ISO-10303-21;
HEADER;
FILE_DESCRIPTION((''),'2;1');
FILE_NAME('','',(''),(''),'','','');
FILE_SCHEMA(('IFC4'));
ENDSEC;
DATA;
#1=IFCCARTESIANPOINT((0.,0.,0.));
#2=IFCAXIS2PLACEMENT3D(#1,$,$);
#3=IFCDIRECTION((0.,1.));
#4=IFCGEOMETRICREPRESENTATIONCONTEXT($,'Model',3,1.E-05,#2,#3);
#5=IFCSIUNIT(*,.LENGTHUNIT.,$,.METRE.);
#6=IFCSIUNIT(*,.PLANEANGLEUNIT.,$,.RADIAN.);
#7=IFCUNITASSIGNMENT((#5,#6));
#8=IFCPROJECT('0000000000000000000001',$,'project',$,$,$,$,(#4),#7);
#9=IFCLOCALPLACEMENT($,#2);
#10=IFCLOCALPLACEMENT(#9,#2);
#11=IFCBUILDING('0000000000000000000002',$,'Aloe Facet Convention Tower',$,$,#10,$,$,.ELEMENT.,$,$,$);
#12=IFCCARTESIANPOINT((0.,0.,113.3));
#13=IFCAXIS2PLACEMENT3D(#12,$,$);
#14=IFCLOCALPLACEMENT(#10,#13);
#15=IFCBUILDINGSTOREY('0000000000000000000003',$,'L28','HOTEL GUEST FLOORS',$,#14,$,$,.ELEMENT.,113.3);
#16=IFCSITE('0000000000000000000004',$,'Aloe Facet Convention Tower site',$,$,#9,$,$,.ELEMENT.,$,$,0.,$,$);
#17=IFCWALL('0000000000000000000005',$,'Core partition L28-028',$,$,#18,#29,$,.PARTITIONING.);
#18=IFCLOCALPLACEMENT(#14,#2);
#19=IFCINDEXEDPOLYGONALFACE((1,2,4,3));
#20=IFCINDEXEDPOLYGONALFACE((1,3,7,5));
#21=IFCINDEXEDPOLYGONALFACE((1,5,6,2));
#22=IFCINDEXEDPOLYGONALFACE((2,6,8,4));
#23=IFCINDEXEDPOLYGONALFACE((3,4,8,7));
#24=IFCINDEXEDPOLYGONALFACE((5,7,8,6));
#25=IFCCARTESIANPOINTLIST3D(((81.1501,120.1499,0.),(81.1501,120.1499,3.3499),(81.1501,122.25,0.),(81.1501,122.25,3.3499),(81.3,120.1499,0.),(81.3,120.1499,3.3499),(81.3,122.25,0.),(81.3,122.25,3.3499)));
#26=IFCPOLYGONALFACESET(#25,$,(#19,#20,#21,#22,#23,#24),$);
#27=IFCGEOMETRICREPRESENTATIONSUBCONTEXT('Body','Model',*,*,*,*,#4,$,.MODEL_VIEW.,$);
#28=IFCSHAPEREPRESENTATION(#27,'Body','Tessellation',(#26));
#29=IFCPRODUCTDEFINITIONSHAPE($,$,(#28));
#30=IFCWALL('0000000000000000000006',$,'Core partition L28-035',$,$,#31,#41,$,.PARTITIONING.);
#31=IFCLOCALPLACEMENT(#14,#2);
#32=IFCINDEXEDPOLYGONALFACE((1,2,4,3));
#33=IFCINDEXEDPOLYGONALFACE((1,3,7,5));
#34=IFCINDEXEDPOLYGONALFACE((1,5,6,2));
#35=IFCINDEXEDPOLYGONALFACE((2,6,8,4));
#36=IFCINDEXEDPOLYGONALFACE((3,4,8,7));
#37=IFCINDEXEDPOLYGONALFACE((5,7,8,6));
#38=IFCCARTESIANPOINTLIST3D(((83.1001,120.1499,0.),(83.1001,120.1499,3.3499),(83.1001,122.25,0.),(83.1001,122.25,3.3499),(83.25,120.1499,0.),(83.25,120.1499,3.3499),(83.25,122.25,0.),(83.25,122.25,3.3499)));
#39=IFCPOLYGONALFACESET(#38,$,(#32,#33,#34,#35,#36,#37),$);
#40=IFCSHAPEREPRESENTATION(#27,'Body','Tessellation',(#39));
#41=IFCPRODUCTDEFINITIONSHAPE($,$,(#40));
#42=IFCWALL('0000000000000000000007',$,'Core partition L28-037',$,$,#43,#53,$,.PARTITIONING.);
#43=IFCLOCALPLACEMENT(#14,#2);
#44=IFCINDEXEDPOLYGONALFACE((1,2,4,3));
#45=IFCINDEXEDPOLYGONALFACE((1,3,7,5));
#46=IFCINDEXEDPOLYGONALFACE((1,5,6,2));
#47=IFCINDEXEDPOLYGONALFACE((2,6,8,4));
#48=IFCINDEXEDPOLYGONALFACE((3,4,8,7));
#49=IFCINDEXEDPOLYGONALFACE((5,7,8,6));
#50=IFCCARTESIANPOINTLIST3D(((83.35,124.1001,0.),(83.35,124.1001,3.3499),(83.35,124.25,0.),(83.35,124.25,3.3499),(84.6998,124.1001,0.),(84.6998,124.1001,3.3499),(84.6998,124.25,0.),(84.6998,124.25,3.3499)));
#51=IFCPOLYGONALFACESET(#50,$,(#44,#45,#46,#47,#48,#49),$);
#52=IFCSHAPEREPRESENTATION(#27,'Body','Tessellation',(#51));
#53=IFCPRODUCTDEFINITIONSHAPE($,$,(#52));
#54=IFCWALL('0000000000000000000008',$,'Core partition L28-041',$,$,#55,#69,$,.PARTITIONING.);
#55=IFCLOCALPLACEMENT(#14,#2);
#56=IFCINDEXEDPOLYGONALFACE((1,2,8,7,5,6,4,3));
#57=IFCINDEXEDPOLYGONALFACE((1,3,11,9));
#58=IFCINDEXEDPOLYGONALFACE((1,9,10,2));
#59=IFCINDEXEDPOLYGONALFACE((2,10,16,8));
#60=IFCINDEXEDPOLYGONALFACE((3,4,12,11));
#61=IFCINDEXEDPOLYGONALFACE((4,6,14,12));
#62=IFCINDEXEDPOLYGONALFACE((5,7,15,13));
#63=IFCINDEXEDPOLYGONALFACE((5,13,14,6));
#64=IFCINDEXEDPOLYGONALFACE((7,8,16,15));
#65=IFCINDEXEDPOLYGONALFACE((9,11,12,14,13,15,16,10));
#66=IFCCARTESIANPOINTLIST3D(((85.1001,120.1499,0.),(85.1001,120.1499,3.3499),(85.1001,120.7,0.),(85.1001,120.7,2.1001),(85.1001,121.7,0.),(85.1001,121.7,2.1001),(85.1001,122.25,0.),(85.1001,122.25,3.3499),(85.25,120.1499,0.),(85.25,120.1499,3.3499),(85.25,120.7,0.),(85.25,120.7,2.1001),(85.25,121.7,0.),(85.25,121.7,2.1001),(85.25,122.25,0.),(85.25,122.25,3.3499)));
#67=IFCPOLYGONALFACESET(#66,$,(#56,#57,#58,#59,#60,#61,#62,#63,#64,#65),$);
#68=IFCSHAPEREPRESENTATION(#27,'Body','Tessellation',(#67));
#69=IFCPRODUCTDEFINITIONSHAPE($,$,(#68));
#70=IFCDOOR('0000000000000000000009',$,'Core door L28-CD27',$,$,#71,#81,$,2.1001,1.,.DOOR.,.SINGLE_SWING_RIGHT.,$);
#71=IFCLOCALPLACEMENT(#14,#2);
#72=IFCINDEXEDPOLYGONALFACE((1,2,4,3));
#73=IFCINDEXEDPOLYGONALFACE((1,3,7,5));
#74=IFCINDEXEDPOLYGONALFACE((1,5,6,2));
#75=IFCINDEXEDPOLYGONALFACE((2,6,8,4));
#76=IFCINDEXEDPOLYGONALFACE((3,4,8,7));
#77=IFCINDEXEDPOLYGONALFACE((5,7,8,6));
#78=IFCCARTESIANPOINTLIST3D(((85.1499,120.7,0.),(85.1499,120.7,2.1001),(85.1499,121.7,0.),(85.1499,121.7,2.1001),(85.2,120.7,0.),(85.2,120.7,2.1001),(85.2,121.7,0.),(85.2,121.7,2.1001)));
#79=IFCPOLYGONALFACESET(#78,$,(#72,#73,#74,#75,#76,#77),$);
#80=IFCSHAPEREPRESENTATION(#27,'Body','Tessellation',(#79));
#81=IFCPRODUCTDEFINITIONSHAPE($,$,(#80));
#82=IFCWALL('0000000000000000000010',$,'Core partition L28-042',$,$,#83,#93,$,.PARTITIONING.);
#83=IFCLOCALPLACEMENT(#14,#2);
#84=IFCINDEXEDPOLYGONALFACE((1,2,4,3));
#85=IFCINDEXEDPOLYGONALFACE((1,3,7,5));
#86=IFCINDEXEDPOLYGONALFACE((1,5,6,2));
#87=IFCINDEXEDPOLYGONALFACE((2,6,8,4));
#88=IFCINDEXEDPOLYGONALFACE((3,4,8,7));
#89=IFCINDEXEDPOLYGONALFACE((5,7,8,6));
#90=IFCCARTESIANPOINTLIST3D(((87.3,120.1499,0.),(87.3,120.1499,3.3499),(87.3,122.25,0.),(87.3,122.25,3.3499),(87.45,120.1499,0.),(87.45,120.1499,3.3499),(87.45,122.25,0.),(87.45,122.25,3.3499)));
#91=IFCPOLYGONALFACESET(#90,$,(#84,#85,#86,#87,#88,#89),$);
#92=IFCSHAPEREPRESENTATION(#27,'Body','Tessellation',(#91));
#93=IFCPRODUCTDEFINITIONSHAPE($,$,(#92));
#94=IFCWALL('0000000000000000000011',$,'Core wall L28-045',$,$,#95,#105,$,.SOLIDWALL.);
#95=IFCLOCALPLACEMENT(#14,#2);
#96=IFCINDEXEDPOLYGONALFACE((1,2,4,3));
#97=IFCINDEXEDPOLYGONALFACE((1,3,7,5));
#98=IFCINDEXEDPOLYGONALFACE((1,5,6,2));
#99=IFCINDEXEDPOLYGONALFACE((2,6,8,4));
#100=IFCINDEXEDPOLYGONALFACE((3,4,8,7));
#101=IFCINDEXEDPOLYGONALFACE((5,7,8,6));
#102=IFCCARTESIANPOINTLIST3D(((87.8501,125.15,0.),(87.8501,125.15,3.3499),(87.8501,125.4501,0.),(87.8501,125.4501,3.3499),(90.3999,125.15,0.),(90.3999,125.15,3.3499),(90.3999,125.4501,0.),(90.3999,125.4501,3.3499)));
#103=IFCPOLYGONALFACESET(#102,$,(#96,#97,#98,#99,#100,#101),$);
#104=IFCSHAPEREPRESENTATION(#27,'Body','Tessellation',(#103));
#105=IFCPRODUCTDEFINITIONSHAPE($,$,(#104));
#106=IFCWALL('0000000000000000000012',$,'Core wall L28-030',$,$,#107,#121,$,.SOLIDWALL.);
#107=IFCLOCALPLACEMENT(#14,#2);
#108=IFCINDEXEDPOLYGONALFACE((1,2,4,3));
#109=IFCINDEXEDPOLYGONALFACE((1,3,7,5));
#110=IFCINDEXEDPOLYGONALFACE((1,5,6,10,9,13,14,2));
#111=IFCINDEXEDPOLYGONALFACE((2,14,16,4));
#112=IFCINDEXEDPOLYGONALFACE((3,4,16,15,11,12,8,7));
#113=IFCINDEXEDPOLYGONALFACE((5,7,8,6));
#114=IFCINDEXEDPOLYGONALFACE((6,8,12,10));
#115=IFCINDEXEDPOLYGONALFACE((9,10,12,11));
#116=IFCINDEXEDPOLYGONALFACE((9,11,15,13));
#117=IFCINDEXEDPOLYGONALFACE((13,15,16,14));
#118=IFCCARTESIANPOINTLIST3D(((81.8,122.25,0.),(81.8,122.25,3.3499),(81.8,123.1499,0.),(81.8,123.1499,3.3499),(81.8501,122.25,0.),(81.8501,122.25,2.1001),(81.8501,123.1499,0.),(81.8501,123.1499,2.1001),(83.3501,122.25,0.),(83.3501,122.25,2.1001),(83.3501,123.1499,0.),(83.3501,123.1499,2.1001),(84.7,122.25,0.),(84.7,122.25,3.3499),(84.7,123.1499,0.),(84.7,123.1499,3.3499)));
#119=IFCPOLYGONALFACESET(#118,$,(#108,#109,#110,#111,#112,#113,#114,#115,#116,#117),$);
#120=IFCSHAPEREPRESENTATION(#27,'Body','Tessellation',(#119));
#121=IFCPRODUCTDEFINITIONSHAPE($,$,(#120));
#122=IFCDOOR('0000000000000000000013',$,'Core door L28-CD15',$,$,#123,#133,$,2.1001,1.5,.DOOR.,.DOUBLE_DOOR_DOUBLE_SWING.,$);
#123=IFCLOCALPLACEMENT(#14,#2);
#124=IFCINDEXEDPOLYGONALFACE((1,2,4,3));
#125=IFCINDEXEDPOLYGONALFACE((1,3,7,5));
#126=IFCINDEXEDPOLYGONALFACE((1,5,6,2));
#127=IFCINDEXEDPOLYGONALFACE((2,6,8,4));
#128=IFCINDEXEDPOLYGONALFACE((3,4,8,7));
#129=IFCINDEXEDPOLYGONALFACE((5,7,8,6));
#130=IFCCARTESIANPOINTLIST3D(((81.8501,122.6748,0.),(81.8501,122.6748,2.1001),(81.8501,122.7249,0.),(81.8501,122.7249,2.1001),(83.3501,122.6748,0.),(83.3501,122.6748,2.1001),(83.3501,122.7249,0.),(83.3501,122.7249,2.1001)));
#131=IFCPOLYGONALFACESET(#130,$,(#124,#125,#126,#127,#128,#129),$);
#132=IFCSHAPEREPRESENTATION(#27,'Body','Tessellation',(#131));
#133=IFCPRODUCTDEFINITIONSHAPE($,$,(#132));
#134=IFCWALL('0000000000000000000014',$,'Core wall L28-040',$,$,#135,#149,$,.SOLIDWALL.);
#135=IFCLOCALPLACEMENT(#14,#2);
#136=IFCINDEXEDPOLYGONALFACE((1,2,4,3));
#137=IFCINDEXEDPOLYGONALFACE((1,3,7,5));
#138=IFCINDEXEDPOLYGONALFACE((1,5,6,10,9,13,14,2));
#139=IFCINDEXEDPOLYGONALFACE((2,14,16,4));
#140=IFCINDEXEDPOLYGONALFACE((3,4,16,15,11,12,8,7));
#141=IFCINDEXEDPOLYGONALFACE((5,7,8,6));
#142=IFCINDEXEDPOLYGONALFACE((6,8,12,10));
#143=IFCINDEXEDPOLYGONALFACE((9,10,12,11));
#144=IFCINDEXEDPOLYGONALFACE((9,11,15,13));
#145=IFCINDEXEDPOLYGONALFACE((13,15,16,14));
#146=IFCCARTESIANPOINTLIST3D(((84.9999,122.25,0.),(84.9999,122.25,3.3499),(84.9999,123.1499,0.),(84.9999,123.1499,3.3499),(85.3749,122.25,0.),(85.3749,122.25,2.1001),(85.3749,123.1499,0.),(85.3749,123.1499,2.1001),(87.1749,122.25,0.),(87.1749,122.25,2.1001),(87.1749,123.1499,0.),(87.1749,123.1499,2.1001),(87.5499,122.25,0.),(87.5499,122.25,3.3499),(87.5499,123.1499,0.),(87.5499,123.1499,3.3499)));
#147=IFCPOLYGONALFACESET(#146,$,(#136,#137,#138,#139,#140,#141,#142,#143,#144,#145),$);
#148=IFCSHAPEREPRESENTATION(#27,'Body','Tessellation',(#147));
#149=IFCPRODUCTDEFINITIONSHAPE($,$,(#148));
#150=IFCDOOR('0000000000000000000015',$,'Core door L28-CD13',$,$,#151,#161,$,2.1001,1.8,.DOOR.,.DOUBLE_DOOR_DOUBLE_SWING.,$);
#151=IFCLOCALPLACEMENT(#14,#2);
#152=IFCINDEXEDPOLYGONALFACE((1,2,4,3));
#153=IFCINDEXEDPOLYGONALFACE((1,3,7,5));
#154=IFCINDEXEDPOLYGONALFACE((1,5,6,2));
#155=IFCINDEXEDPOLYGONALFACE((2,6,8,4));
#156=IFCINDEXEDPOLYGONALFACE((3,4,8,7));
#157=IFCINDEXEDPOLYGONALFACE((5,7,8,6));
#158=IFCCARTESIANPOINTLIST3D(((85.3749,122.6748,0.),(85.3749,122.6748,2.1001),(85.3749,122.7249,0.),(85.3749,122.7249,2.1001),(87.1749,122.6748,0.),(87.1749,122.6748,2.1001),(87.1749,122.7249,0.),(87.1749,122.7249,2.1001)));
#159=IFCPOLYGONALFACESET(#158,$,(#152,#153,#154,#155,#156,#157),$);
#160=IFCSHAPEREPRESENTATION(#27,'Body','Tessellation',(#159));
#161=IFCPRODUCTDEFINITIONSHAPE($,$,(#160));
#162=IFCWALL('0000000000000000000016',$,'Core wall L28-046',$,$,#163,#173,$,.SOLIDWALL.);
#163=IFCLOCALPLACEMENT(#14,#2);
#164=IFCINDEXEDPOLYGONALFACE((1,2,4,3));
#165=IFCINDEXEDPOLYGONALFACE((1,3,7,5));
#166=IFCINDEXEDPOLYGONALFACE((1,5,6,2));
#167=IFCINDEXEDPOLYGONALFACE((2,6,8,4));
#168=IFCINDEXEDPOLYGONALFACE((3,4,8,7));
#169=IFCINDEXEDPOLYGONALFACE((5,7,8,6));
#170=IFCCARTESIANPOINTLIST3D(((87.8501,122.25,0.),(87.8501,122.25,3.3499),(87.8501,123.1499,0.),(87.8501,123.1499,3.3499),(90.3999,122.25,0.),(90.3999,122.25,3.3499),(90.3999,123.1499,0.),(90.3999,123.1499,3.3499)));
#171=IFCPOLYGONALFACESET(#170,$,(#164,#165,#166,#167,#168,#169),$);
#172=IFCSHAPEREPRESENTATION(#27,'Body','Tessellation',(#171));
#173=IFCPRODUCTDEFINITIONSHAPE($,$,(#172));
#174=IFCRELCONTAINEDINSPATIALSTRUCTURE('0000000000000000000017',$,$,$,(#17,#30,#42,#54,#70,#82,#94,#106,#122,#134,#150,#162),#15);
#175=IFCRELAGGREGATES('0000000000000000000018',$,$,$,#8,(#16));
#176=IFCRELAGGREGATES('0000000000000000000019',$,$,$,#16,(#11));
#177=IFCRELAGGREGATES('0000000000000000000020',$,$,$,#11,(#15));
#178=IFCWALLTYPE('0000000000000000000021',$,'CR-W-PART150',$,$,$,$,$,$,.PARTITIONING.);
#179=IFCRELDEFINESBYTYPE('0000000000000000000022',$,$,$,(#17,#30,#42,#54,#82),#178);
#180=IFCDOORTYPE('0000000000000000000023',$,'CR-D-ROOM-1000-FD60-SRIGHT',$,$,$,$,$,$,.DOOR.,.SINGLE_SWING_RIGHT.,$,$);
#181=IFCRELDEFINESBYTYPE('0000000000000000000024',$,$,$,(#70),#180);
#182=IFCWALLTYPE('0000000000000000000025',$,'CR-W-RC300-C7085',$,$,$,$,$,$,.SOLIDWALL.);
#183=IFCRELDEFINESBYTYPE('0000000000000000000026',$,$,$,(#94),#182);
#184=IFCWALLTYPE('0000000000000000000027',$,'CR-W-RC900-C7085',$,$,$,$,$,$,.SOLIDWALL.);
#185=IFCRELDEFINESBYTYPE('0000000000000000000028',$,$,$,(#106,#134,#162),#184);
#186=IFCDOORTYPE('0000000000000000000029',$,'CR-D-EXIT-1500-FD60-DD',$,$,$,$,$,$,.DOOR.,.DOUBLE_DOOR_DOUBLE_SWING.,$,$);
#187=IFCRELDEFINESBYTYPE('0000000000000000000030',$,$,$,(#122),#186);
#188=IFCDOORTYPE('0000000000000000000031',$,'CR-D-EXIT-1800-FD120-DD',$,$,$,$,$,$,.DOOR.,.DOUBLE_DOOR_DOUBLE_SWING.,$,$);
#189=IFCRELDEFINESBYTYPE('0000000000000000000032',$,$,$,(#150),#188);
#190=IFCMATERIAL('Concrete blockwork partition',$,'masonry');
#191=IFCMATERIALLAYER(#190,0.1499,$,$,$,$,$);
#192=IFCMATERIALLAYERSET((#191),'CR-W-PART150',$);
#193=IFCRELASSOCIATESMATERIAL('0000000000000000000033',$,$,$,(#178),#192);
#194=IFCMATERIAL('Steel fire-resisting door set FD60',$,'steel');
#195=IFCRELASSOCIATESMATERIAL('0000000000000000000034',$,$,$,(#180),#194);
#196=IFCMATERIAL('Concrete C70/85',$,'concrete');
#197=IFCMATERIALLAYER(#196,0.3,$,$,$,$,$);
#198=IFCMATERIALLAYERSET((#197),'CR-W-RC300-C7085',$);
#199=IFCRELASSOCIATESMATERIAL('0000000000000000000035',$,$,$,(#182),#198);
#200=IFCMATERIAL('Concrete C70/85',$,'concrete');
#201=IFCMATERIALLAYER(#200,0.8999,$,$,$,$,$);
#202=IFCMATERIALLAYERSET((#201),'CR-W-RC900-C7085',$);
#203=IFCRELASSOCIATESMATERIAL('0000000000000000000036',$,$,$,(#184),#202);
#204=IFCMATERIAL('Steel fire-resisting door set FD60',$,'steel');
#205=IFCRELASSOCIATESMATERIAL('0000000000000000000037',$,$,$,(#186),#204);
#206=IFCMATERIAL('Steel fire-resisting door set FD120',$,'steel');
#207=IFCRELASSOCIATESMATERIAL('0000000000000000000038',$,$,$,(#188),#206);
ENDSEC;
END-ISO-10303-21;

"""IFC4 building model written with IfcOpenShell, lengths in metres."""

from ifc_helpers import new_model, si_unit, direction, frame, frame_2d, origin, place, context, subcontext, project, spatial, rectangle, extrude, material, layer, layer_set, type_object, element, fill, save


model = new_model("IFC4")

# Units and contexts
model_context = context("Model", 3, precision=1e-05, world=origin(), true_north=direction((0.0, 1.0)))
body_context = subcontext(model_context, "Body", "Model", "MODEL_VIEW")
ifc_project = project(units=[si_unit("LENGTHUNIT", "METRE"), si_unit("PLANEANGLEUNIT", "RADIAN")], contexts=[model_context])

# Site, building, storey
site_placement = place(None, origin())
site = spatial("IfcSite", under=ifc_project, at=site_placement, Name="Aloe Facet Convention Tower site", CompositionType="ELEMENT", RefElevation=0.0)
building_placement = place(site_placement, origin())
building = spatial("IfcBuilding", under=site, at=building_placement, Name="Aloe Facet Convention Tower", CompositionType="ELEMENT")
storey_placement = place(building_placement, frame((0.0, 0.0, 113.3)))
storey = spatial("IfcBuildingStorey", under=building, at=storey_placement, Name="L28", Description="HOTEL GUEST FLOORS", CompositionType="ELEMENT", Elevation=113.3)

# Walls
ifc_material_1 = material(Name="Concrete blockwork partition", Category="masonry")
ifc_layer_1 = layer(ifc_material_1, 0.1499)
ifc_layer_set_1 = layer_set([ifc_layer_1], Name="CR-W-PART150")
wall_type_1 = type_object("IfcWallType", Name="CR-W-PART150", PredefinedType="PARTITIONING", material=ifc_layer_set_1)
for number, where, z_axis, x_axis, name in (
    (1, (81.2251, 122.25, 0.0), (0.0, 0.0, 1.0), (0.0, -1.0, 0.0), "Core partition L28-028"),
    (2, (83.175, 122.25, 0.0), (0.0, 0.0, 1.0), (0.0, -1.0, 0.0), "Core partition L28-035"),
):
    element("IfcWall", number, at=place(storey_placement, frame(where, z_axis=z_axis, x_axis=x_axis)), inside=storey, type_object=wall_type_1, Name=name, PredefinedType="PARTITIONING", context=body_context, shape_type="SweptSolid", body=[
        extrude(rectangle(XDim=2.1001, YDim=0.1499, at=frame_2d((1.05, 0.0))), origin(), (0.0, 0.0, 1.0), 3.3499),
    ])
wall_1_placement = place(storey_placement, frame((83.3501, 124.175, 0.0), z_axis=(0.0, 0.0, 1.0), x_axis=(1.0, 0.0, 0.0)))
element("IfcWall", 3, at=wall_1_placement, inside=storey, type_object=wall_type_1, Name="Core partition L28-037", PredefinedType="PARTITIONING", context=body_context, shape_type="SweptSolid", body=[
    extrude(rectangle(XDim=1.3499, YDim=0.1499, at=frame_2d((0.6748, 0.0))), origin(), (0.0, 0.0, 1.0), 3.3499),
])

# Wall, opening, door
wall_2_placement = place(storey_placement, frame((85.175, 122.25, 0.0), z_axis=(0.0, 0.0, 1.0), x_axis=(0.0, -1.0, 0.0)))
wall_2 = element("IfcWall", 4, at=wall_2_placement, inside=storey, type_object=wall_type_1, Name="Core partition L28-041", PredefinedType="PARTITIONING", context=body_context, shape_type="SweptSolid", body=[
    extrude(rectangle(XDim=2.1001, YDim=0.1499, at=frame_2d((1.05, 0.0))), origin(), (0.0, 0.0, 1.0), 3.3499),
])
opening_1_placement = place(wall_2_placement, frame((0.55, 0.0, 0.0)))
opening_1 = element("IfcOpeningElement", 5, at=opening_1_placement, cuts=wall_2, PredefinedType="OPENING", context=body_context, shape_type="SweptSolid", body=[
    extrude(rectangle(XDim=1.0, YDim=2.1001, at=frame_2d((0.5, 1.05))), frame((0.0, 0.085, 0.0), z_axis=(0.0, -1.0, 0.0), x_axis=(1.0, 0.0, 0.0)), (0.0, 0.0, 1.0), 0.1699),
])
ifc_material_2 = material(Name="Steel fire-resisting door set FD60", Category="steel")
door_type_1 = type_object("IfcDoorType", Name="CR-D-ROOM-1000-FD60-SRIGHT", OperationType="SINGLE_SWING_RIGHT", PredefinedType="DOOR", material=ifc_material_2)
door_1_placement = place(opening_1_placement, origin())
door_1 = element("IfcDoor", 6, at=door_1_placement, inside=storey, type_object=door_type_1, Name="Core door L28-CD27", OperationType="SINGLE_SWING_RIGHT", OverallHeight=2.1001, OverallWidth=1.0, PredefinedType="DOOR", context=body_context, shape_type="SweptSolid", body=[
    extrude(rectangle(XDim=1.0, YDim=2.1001, at=frame_2d((0.5, 1.05))), frame((0.0, 0.0249, 0.0), z_axis=(0.0, -1.0, 0.0), x_axis=(1.0, 0.0, 0.0)), (0.0, 0.0, 1.0), 0.05),
])
fill(opening_1, door_1)

# Walls
wall_3_placement = place(storey_placement, frame((87.375, 122.25, 0.0), z_axis=(0.0, 0.0, 1.0), x_axis=(0.0, -1.0, 0.0)))
element("IfcWall", 7, at=wall_3_placement, inside=storey, type_object=wall_type_1, Name="Core partition L28-042", PredefinedType="PARTITIONING", context=body_context, shape_type="SweptSolid", body=[
    extrude(rectangle(XDim=2.1001, YDim=0.1499, at=frame_2d((1.05, 0.0))), origin(), (0.0, 0.0, 1.0), 3.3499),
])
ifc_material_3 = material(Name="Concrete C70/85", Category="concrete")
ifc_layer_2 = layer(ifc_material_3, 0.3)
ifc_layer_set_2 = layer_set([ifc_layer_2], Name="CR-W-RC300-C7085")
wall_type_2 = type_object("IfcWallType", Name="CR-W-RC300-C7085", PredefinedType="SOLIDWALL", material=ifc_layer_set_2)
wall_4_placement = place(storey_placement, frame((87.8501, 125.3, 0.0), z_axis=(0.0, 0.0, 1.0), x_axis=(1.0, 0.0, 0.0)))
element("IfcWall", 8, at=wall_4_placement, inside=storey, type_object=wall_type_2, Name="Core wall L28-045", PredefinedType="SOLIDWALL", context=body_context, shape_type="SweptSolid", body=[
    extrude(rectangle(XDim=2.5498, YDim=0.3, at=frame_2d((1.2749, 0.0))), origin(), (0.0, 0.0, 1.0), 3.3499),
])

# Walls, openings, doors
ifc_material_4 = material(Name="Concrete C70/85", Category="concrete")
ifc_layer_3 = layer(ifc_material_4, 0.8999)
ifc_layer_set_3 = layer_set([ifc_layer_3], Name="CR-W-RC900-C7085")
wall_type_3 = type_object("IfcWallType", Name="CR-W-RC900-C7085", PredefinedType="SOLIDWALL", material=ifc_layer_set_3)
wall_5_placement = place(storey_placement, frame((81.8, 122.7, 0.0), z_axis=(0.0, 0.0, 1.0), x_axis=(1.0, 0.0, 0.0)))
wall_5 = element("IfcWall", 9, at=wall_5_placement, inside=storey, type_object=wall_type_3, Name="Core wall L28-030", PredefinedType="SOLIDWALL", context=body_context, shape_type="SweptSolid", body=[
    extrude(rectangle(XDim=2.8999, YDim=0.8999, at=frame_2d((1.45, 0.0))), origin(), (0.0, 0.0, 1.0), 3.3499),
])
opening_2_placement = place(wall_5_placement, frame((0.05, 0.0, 0.0)))
opening_2 = element("IfcOpeningElement", 10, at=opening_2_placement, cuts=wall_5, PredefinedType="OPENING", context=body_context, shape_type="SweptSolid", body=[
    extrude(rectangle(XDim=1.5, YDim=2.1001, at=frame_2d((0.75, 1.05))), frame((0.0, 0.46, 0.0), z_axis=(0.0, -1.0, 0.0), x_axis=(1.0, 0.0, 0.0)), (0.0, 0.0, 1.0), 0.9199),
])
ifc_material_5 = material(Name="Steel fire-resisting door set FD60", Category="steel")
door_type_2 = type_object("IfcDoorType", Name="CR-D-EXIT-1500-FD60-DD", OperationType="DOUBLE_DOOR_DOUBLE_SWING", PredefinedType="DOOR", material=ifc_material_5)
door_2_placement = place(opening_2_placement, origin())
door_2 = element("IfcDoor", 11, at=door_2_placement, inside=storey, type_object=door_type_2, Name="Core door L28-CD15", OperationType="DOUBLE_DOOR_DOUBLE_SWING", OverallHeight=2.1001, OverallWidth=1.5, PredefinedType="DOOR", context=body_context, shape_type="SweptSolid", body=[
    extrude(rectangle(XDim=1.5, YDim=2.1001, at=frame_2d((0.75, 1.05))), frame((0.0, 0.0249, 0.0), z_axis=(0.0, -1.0, 0.0), x_axis=(1.0, 0.0, 0.0)), (0.0, 0.0, 1.0), 0.05),
])
fill(opening_2, door_2)
wall_6_placement = place(storey_placement, frame((85.0, 122.7, 0.0), z_axis=(0.0, 0.0, 1.0), x_axis=(1.0, 0.0, 0.0)))
wall_6 = element("IfcWall", 12, at=wall_6_placement, inside=storey, type_object=wall_type_3, Name="Core wall L28-040", PredefinedType="SOLIDWALL", context=body_context, shape_type="SweptSolid", body=[
    extrude(rectangle(XDim=2.55, YDim=0.8999, at=frame_2d((1.2749, 0.0))), origin(), (0.0, 0.0, 1.0), 3.3499),
])
opening_3_placement = place(wall_6_placement, frame((0.375, 0.0, 0.0)))
opening_3 = element("IfcOpeningElement", 13, at=opening_3_placement, cuts=wall_6, PredefinedType="OPENING", context=body_context, shape_type="SweptSolid", body=[
    extrude(rectangle(XDim=1.8, YDim=2.1001, at=frame_2d((0.8999, 1.05))), frame((0.0, 0.46, 0.0), z_axis=(0.0, -1.0, 0.0), x_axis=(1.0, 0.0, 0.0)), (0.0, 0.0, 1.0), 0.9199),
])
ifc_material_6 = material(Name="Steel fire-resisting door set FD120", Category="steel")
door_type_3 = type_object("IfcDoorType", Name="CR-D-EXIT-1800-FD120-DD", OperationType="DOUBLE_DOOR_DOUBLE_SWING", PredefinedType="DOOR", material=ifc_material_6)
door_3_placement = place(opening_3_placement, origin())
door_3 = element("IfcDoor", 14, at=door_3_placement, inside=storey, type_object=door_type_3, Name="Core door L28-CD13", OperationType="DOUBLE_DOOR_DOUBLE_SWING", OverallHeight=2.1001, OverallWidth=1.8, PredefinedType="DOOR", context=body_context, shape_type="SweptSolid", body=[
    extrude(rectangle(XDim=1.8, YDim=2.1001, at=frame_2d((0.8999, 1.05))), frame((0.0, 0.0249, 0.0), z_axis=(0.0, -1.0, 0.0), x_axis=(1.0, 0.0, 0.0)), (0.0, 0.0, 1.0), 0.05),
])
fill(opening_3, door_3)

# Wall
wall_7_placement = place(storey_placement, frame((87.8501, 122.7, 0.0), z_axis=(0.0, 0.0, 1.0), x_axis=(1.0, 0.0, 0.0)))
element("IfcWall", 15, at=wall_7_placement, inside=storey, type_object=wall_type_3, Name="Core wall L28-046", PredefinedType="SOLIDWALL", context=body_context, shape_type="SweptSolid", body=[
    extrude(rectangle(XDim=2.5498, YDim=0.8999, at=frame_2d((1.2749, 0.0))), origin(), (0.0, 0.0, 1.0), 3.3499),
])

save(model, "model.ifc")
